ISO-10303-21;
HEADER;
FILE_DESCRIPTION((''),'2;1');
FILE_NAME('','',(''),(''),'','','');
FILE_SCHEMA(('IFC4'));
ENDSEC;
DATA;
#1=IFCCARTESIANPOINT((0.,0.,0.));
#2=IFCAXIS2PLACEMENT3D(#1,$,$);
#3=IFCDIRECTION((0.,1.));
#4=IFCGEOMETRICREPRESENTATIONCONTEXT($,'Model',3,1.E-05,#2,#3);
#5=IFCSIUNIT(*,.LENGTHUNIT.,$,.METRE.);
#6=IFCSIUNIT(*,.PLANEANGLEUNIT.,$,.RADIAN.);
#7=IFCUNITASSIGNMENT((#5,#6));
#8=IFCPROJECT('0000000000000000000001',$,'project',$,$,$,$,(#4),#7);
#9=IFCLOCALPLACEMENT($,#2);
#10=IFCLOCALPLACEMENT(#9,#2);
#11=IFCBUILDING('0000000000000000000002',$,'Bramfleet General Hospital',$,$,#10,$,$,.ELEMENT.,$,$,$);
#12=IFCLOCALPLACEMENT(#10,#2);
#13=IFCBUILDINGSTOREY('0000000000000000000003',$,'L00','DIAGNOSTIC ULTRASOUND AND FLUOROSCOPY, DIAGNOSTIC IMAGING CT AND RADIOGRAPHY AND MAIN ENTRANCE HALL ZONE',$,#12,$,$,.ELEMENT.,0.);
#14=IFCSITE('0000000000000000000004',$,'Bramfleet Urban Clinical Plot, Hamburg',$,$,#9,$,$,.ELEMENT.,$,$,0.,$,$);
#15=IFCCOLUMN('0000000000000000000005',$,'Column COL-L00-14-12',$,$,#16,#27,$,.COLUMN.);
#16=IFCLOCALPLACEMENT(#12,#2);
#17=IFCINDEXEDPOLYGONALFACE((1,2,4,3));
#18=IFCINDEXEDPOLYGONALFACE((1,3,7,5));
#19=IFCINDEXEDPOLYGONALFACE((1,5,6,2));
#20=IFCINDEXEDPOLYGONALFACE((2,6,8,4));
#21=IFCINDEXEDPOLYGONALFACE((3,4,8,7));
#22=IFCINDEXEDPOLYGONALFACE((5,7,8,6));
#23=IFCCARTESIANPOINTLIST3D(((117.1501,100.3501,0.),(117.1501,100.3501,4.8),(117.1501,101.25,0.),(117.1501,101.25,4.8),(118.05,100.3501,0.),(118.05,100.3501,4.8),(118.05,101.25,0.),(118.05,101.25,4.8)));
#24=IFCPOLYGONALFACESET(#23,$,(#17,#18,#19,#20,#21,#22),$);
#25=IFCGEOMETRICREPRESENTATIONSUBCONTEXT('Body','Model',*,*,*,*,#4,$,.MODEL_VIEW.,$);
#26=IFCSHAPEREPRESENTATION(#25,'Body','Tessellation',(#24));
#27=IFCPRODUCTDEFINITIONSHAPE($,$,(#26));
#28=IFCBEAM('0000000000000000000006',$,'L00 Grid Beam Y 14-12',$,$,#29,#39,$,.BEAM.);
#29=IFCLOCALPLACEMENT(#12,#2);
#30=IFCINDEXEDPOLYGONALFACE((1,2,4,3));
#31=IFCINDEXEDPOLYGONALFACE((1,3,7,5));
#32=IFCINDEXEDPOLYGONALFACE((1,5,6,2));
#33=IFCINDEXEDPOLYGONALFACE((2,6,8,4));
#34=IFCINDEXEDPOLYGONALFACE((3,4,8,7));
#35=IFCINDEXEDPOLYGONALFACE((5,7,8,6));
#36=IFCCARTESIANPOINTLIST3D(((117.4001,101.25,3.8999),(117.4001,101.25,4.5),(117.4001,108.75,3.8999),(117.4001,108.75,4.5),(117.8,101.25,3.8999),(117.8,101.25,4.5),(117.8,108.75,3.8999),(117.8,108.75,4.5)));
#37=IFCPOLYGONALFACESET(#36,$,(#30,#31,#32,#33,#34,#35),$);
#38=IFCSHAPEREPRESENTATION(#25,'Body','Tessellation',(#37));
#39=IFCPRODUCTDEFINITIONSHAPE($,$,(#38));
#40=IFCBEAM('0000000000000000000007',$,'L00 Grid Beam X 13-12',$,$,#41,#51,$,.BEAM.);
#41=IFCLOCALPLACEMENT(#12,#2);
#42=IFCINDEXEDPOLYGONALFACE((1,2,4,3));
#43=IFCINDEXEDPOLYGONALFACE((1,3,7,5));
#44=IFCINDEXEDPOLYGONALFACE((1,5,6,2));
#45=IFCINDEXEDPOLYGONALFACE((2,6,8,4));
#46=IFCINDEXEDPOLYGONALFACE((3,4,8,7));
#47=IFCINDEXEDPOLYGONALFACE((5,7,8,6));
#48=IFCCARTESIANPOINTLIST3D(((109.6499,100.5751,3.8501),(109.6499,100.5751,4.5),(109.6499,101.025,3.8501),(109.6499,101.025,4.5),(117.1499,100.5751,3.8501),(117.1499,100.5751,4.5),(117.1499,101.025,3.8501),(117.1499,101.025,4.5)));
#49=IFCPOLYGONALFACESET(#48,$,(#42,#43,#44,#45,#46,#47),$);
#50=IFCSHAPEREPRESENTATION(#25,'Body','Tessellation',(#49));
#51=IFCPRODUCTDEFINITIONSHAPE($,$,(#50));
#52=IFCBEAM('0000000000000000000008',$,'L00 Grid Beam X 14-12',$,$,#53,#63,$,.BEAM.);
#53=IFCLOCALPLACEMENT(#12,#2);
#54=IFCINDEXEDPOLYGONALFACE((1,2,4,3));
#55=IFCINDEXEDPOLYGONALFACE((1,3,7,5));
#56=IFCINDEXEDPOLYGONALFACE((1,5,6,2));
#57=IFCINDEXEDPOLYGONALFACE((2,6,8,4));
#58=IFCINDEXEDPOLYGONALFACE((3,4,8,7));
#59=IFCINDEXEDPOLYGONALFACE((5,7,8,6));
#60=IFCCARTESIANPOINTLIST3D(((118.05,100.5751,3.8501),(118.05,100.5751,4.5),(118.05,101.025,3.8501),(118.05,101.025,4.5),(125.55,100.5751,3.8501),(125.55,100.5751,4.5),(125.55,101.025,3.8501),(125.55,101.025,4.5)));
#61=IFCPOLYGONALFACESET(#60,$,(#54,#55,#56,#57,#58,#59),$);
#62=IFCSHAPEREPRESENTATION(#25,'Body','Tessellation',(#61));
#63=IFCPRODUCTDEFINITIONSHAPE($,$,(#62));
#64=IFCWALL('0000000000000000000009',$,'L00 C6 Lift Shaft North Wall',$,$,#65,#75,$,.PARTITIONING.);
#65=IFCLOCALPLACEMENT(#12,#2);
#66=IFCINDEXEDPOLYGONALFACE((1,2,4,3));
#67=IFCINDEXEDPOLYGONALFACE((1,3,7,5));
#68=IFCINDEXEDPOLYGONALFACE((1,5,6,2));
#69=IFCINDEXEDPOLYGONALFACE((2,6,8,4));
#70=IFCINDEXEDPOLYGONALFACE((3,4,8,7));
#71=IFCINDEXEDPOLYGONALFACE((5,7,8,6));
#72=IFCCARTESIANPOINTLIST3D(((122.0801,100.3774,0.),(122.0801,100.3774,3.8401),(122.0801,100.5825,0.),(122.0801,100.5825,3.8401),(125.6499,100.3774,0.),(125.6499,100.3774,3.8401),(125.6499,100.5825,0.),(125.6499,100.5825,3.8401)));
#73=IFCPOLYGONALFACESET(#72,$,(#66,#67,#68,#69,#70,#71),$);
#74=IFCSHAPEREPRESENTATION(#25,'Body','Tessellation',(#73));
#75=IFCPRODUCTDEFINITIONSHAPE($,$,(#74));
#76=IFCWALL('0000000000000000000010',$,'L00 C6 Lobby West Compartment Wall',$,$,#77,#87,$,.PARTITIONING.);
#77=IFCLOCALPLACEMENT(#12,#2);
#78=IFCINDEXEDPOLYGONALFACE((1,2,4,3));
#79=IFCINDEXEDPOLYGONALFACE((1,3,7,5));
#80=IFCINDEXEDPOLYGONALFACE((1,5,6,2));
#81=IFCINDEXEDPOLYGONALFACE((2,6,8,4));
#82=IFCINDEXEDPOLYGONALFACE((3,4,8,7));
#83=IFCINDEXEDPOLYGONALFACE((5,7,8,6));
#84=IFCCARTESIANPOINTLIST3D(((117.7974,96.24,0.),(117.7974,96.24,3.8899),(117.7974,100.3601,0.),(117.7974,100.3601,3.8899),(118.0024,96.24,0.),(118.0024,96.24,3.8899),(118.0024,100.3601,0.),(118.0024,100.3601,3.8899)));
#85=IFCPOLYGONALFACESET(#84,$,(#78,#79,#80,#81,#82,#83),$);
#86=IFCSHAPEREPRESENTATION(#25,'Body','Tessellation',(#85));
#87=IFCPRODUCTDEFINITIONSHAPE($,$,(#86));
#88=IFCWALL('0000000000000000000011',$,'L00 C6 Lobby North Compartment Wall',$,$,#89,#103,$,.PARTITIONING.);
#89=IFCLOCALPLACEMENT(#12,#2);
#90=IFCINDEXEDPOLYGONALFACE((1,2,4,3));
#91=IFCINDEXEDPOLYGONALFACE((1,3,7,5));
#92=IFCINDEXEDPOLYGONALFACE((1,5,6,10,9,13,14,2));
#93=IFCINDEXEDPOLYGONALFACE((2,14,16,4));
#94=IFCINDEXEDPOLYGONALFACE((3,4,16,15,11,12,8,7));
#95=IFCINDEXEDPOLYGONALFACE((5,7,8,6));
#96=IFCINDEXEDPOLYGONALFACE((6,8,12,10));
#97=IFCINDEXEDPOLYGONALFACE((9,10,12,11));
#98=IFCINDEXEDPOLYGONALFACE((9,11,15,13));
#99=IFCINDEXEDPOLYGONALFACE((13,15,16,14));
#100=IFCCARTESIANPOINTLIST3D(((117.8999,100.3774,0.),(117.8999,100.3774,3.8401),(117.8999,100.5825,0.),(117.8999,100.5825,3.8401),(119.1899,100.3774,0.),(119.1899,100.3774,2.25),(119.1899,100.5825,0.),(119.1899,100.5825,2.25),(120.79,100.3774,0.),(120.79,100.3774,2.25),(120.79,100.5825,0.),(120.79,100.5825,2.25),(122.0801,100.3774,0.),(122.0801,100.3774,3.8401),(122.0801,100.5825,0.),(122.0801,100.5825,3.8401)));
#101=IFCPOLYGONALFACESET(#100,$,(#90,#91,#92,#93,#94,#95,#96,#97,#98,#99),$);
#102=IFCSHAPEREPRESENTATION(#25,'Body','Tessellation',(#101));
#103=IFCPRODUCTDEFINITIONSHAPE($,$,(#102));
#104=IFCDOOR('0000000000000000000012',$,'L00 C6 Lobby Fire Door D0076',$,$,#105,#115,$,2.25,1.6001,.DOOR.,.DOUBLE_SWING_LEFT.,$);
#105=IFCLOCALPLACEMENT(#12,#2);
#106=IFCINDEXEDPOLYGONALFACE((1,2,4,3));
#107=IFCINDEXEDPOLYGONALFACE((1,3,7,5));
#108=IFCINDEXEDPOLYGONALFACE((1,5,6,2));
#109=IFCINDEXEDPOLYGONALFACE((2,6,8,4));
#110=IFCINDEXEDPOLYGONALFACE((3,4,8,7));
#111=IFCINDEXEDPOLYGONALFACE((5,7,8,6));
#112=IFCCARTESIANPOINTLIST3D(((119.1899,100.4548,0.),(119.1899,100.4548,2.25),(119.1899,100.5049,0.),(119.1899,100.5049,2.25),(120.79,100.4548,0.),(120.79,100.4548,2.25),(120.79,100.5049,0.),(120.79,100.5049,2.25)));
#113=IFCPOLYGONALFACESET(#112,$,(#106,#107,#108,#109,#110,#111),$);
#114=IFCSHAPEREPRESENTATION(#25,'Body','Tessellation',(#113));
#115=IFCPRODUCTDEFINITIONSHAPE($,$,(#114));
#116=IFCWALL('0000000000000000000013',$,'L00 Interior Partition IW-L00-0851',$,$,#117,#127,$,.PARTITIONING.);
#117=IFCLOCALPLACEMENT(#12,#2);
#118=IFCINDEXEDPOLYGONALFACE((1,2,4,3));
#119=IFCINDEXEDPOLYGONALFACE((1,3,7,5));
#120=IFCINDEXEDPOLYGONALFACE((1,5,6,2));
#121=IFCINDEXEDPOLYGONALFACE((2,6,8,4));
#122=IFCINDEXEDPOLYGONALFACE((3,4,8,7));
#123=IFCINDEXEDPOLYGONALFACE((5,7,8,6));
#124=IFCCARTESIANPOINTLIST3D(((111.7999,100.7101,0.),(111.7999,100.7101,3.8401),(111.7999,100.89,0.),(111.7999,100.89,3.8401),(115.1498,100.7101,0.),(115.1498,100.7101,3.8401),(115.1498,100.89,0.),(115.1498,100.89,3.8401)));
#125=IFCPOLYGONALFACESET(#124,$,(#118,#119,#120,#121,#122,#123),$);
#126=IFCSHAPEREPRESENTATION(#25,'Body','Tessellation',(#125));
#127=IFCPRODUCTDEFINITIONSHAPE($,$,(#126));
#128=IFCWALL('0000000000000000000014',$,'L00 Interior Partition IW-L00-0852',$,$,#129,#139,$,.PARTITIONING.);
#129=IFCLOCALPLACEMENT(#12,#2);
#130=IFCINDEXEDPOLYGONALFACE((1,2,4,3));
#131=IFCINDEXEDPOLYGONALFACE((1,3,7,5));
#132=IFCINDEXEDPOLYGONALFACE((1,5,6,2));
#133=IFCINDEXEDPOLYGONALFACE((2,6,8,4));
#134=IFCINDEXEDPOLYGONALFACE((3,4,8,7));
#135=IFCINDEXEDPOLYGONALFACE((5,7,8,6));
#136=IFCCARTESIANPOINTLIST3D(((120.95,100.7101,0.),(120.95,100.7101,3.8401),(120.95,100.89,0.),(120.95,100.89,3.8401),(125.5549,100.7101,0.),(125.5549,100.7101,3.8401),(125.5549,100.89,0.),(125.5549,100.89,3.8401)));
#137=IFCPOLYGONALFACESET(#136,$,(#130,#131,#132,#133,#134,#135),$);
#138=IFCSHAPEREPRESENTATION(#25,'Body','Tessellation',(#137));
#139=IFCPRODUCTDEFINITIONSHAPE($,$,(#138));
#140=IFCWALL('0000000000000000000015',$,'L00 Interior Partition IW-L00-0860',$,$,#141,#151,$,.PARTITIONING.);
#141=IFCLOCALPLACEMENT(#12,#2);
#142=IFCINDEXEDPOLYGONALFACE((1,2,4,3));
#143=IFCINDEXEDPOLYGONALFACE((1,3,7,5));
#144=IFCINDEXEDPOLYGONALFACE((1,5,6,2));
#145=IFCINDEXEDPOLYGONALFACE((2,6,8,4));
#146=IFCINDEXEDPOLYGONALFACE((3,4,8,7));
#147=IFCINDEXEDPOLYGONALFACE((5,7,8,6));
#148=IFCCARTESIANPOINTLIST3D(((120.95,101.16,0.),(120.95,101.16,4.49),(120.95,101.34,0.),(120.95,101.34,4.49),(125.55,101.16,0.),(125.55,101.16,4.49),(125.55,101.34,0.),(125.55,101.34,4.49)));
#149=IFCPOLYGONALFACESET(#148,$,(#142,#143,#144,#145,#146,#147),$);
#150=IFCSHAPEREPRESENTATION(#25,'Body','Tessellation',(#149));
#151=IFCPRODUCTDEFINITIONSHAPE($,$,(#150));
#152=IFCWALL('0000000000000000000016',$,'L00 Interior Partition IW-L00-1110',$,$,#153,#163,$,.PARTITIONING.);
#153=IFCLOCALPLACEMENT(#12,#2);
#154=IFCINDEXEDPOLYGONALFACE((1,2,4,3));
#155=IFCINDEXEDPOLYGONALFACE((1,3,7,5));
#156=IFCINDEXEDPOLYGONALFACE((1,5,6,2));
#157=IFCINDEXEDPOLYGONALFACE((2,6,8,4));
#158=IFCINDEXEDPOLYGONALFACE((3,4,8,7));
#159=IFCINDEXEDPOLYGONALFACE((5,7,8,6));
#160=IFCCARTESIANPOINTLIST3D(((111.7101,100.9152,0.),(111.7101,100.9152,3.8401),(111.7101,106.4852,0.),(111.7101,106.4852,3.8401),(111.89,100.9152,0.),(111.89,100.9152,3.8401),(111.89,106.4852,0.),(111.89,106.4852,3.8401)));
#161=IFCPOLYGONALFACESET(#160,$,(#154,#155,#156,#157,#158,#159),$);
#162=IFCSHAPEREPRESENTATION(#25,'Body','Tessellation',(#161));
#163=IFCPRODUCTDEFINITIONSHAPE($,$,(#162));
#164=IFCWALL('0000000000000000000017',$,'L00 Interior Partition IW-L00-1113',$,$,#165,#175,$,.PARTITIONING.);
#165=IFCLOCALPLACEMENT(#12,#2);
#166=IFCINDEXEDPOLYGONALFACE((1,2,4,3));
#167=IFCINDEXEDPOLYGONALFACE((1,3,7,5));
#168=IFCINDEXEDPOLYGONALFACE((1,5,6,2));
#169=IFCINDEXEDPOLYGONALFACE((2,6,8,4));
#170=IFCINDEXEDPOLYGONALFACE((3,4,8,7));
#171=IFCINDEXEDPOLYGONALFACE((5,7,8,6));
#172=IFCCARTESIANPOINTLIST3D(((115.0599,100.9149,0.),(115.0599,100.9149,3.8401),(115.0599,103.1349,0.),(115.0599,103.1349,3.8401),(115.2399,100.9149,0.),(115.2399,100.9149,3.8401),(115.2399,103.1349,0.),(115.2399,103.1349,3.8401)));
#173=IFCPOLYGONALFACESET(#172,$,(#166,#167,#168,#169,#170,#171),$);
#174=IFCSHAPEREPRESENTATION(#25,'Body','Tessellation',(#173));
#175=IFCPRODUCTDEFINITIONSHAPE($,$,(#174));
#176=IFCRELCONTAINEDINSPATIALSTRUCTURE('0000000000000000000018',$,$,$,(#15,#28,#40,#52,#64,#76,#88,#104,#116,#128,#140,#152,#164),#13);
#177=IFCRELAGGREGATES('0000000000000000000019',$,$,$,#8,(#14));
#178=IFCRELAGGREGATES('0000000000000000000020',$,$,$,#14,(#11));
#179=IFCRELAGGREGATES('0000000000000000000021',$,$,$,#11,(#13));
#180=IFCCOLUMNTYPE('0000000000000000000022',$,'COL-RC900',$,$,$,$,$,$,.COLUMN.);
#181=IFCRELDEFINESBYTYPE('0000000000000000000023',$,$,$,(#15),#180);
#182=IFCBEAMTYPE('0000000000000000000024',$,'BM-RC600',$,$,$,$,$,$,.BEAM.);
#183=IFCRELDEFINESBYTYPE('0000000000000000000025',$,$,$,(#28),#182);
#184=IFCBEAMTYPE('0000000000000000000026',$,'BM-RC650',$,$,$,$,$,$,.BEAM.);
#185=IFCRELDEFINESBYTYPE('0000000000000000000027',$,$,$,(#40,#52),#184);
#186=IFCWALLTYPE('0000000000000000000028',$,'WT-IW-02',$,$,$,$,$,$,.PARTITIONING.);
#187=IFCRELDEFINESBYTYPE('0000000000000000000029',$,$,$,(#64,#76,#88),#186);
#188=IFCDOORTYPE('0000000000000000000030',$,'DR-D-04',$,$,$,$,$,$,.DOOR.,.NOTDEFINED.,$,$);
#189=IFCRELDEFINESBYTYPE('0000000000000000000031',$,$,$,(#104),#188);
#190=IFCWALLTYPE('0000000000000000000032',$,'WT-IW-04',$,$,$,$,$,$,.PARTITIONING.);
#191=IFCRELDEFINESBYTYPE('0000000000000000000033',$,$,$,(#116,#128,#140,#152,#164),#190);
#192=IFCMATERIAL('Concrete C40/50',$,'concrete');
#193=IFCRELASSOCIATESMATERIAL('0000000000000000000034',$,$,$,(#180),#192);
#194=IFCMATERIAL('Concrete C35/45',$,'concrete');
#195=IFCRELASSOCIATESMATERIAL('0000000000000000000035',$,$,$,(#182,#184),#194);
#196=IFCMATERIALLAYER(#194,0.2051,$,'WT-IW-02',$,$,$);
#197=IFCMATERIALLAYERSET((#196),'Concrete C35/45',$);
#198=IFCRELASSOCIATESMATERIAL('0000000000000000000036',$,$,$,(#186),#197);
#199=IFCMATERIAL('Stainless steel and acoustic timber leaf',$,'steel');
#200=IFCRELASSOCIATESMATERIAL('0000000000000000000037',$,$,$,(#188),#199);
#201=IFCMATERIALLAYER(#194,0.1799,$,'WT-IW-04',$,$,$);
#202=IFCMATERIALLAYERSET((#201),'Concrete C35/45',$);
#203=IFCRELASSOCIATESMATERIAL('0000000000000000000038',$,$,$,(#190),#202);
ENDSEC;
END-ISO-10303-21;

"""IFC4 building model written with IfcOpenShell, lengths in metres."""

from ifc_helpers import new_model, si_unit, direction, frame, frame_2d, origin, origin_2d, place, context, subcontext, project, spatial, rectangle, extrude, material, layer, layer_set, material_profile, profile_set, type_object, element, fill, save


model = new_model("IFC4")

# Units and contexts
model_context = context("Model", 3, precision=1e-05, world=origin(), true_north=direction((0.0, 1.0)))
body_context = subcontext(model_context, "Body", "Model", "MODEL_VIEW")
ifc_project = project(units=[si_unit("LENGTHUNIT", "METRE"), si_unit("PLANEANGLEUNIT", "RADIAN")], contexts=[model_context])

# Site, building, storey
site_placement = place(None, origin())
site = spatial("IfcSite", under=ifc_project, at=site_placement, Name="Bramfleet Urban Clinical Plot, Hamburg", CompositionType="ELEMENT", RefElevation=0.0)
building_placement = place(site_placement, origin())
building = spatial("IfcBuilding", under=site, at=building_placement, Name="Bramfleet General Hospital", CompositionType="ELEMENT")
storey_placement = place(building_placement, origin())
storey = spatial("IfcBuildingStorey", under=building, at=storey_placement, Name="L00", Description="DIAGNOSTIC ULTRASOUND AND FLUOROSCOPY, DIAGNOSTIC IMAGING CT AND RADIOGRAPHY AND MAIN ENTRANCE HALL ZONE", CompositionType="ELEMENT", Elevation=0.0)

# Column
ifc_material_1 = material(Name="Concrete C40/50", Category="concrete")
ifc_material_profile_1 = material_profile(ifc_material_1, rectangle(XDim=0.8999, YDim=0.8999, at=origin_2d()), Name="RC COL 900x900")
ifc_profile_set_1 = profile_set([ifc_material_profile_1], Name="Concrete C40/50")
column_type = type_object("IfcColumnType", Name="COL-RC900", PredefinedType="COLUMN", material=ifc_profile_set_1)
column_placement = place(storey_placement, frame((117.6001, 100.8, 0.0), z_axis=(0.0, 0.0, 1.0), x_axis=(1.0, 0.0, 0.0)))
element("IfcColumn", 1, at=column_placement, inside=storey, type_object=column_type, Name="Column COL-L00-14-12", PredefinedType="COLUMN", context=body_context, shape_type="SweptSolid", body=[
    extrude(rectangle(XDim=0.8999, YDim=0.8999, at=origin_2d()), origin(), (0.0, 0.0, 1.0), 4.8),
])

# Beams
ifc_material_2 = material(Name="Concrete C35/45", Category="concrete")
ifc_material_profile_2 = material_profile(ifc_material_2, rectangle(XDim=0.3999, YDim=0.6001, at=origin_2d()), Name="RC BM 600x400")
ifc_profile_set_2 = profile_set([ifc_material_profile_2], Name="Concrete C35/45")
beam_type_1 = type_object("IfcBeamType", Name="BM-RC600", PredefinedType="BEAM", material=ifc_profile_set_2)
beam_placement = place(storey_placement, frame((117.6001, 101.25, 4.2), z_axis=(0.0, 1.0, 0.0), x_axis=(-1.0, 0.0, 0.0)))
element("IfcBeam", 2, at=beam_placement, inside=storey, type_object=beam_type_1, Name="L00 Grid Beam Y 14-12", PredefinedType="BEAM", context=body_context, shape_type="SweptSolid", body=[
    extrude(rectangle(XDim=0.3999, YDim=0.6001, at=origin_2d()), origin(), (0.0, 0.0, 1.0), 7.5),
])
ifc_material_profile_3 = material_profile(ifc_material_2, rectangle(XDim=0.45, YDim=0.6499, at=origin_2d()), Name="RC BM 650x450")
ifc_profile_set_3 = profile_set([ifc_material_profile_3], Name="Concrete C35/45")
beam_type_2 = type_object("IfcBeamType", Name="BM-RC650", PredefinedType="BEAM", material=ifc_profile_set_3)
for number, where, z_axis, x_axis, name in (
    (3, (109.6499, 100.8, 4.175), (1.0, 0.0, 0.0), (0.0, 1.0, 0.0), "L00 Grid Beam X 13-12"),
    (4, (118.05, 100.8, 4.175), (1.0, 0.0, 0.0), (0.0, 1.0, 0.0), "L00 Grid Beam X 14-12"),
):
    element("IfcBeam", number, at=place(storey_placement, frame(where, z_axis=z_axis, x_axis=x_axis)), inside=storey, type_object=beam_type_2, Name=name, PredefinedType="BEAM", context=body_context, shape_type="SweptSolid", body=[
        extrude(rectangle(XDim=0.45, YDim=0.6499, at=origin_2d()), origin(), (0.0, 0.0, 1.0), 7.5),
    ])

# Shared definitions
ifc_layer_1 = layer(ifc_material_2, 0.2051, Name="WT-IW-02")
ifc_layer_set_1 = layer_set([ifc_layer_1], Name="Concrete C35/45")
wall_type_1 = type_object("IfcWallType", Name="WT-IW-02", PredefinedType="PARTITIONING", material=ifc_layer_set_1)

# Walls
wall_1_placement = place(storey_placement, frame((122.0801, 100.48, 0.0), z_axis=(0.0, 0.0, 1.0), x_axis=(1.0, 0.0, 0.0)))
element("IfcWall", 5, at=wall_1_placement, inside=storey, type_object=wall_type_1, Name="L00 C6 Lift Shaft North Wall", PredefinedType="PARTITIONING", context=body_context, shape_type="SweptSolid", body=[
    extrude(rectangle(XDim=3.5698, YDim=0.2051, at=frame_2d((1.7849, 0.0))), origin(), (0.0, 0.0, 1.0), 3.8401),
])
wall_2_placement = place(storey_placement, frame((117.8999, 96.24, 0.0), z_axis=(0.0, 0.0, 1.0), x_axis=(0.0, 1.0, 0.0)))
element("IfcWall", 6, at=wall_2_placement, inside=storey, type_object=wall_type_1, Name="L00 C6 Lobby West Compartment Wall", PredefinedType="PARTITIONING", context=body_context, shape_type="SweptSolid", body=[
    extrude(rectangle(XDim=4.1201, YDim=0.2051, at=frame_2d((2.0601, 0.0))), origin(), (0.0, 0.0, 1.0), 3.8899),
])

# Wall, opening, door
wall_3_placement = place(storey_placement, frame((117.8999, 100.48, 0.0), z_axis=(0.0, 0.0, 1.0), x_axis=(1.0, 0.0, 0.0)))
wall_3 = element("IfcWall", 7, at=wall_3_placement, inside=storey, type_object=wall_type_1, Name="L00 C6 Lobby North Compartment Wall", PredefinedType="PARTITIONING", context=body_context, shape_type="SweptSolid", body=[
    extrude(rectangle(XDim=4.1802, YDim=0.2051, at=frame_2d((2.0901, 0.0))), origin(), (0.0, 0.0, 1.0), 3.8401),
])
opening_1_placement = place(wall_3_placement, frame((1.29, 0.0, 0.0)))
opening_1 = element("IfcOpeningElement", 8, at=opening_1_placement, cuts=wall_3, PredefinedType="OPENING", context=body_context, shape_type="SweptSolid", body=[
    extrude(rectangle(XDim=1.6001, YDim=2.25, at=frame_2d((0.8, 1.125))), frame((0.0, 0.1125, 0.0), z_axis=(0.0, -1.0, 0.0), x_axis=(1.0, 0.0, 0.0)), (0.0, 0.0, 1.0), 0.2251),
])
ifc_material_3 = material(Name="Stainless steel and acoustic timber leaf", Category="steel")
door_type_1 = type_object("IfcDoorType", Name="DR-D-04", OperationType="NOTDEFINED", PredefinedType="DOOR", material=ifc_material_3)
door_1_placement = place(opening_1_placement, origin())
door_1 = element("IfcDoor", 9, at=door_1_placement, inside=storey, type_object=door_type_1, Name="L00 C6 Lobby Fire Door D0076", OperationType="DOUBLE_SWING_LEFT", OverallHeight=2.25, OverallWidth=1.6001, PredefinedType="DOOR", context=body_context, shape_type="SweptSolid", body=[
    extrude(rectangle(XDim=1.6001, YDim=2.25, at=frame_2d((0.8, 1.125))), frame((0.0, 0.0249, 0.0), z_axis=(0.0, -1.0, 0.0), x_axis=(1.0, 0.0, 0.0)), (0.0, 0.0, 1.0), 0.05),
])
fill(opening_1, door_1)

# Walls
ifc_layer_2 = layer(ifc_material_2, 0.1799, Name="WT-IW-04")
ifc_layer_set_2 = layer_set([ifc_layer_2], Name="Concrete C35/45")
wall_type_2 = type_object("IfcWallType", Name="WT-IW-04", PredefinedType="PARTITIONING", material=ifc_layer_set_2)
wall_4_placement = place(storey_placement, frame((111.8, 100.8, 0.0), z_axis=(0.0, 0.0, 1.0), x_axis=(1.0, 0.0, 0.0)))
element("IfcWall", 10, at=wall_4_placement, inside=storey, type_object=wall_type_2, Name="L00 Interior Partition IW-L00-0851", PredefinedType="PARTITIONING", context=body_context, shape_type="SweptSolid", body=[
    extrude(rectangle(XDim=3.3499, YDim=0.1799, at=frame_2d((1.6748, 0.0))), origin(), (0.0, 0.0, 1.0), 3.8401),
])
wall_5_placement = place(storey_placement, frame((120.95, 100.8, 0.0), z_axis=(0.0, 0.0, 1.0), x_axis=(1.0, 0.0, 0.0)))
element("IfcWall", 11, at=wall_5_placement, inside=storey, type_object=wall_type_2, Name="L00 Interior Partition IW-L00-0852", PredefinedType="PARTITIONING", context=body_context, shape_type="SweptSolid", body=[
    extrude(rectangle(XDim=4.605, YDim=0.1799, at=frame_2d((2.3025, 0.0))), origin(), (0.0, 0.0, 1.0), 3.8401),
])
wall_6_placement = place(storey_placement, frame((120.95, 101.25, 0.0), z_axis=(0.0, 0.0, 1.0), x_axis=(1.0, 0.0, 0.0)))
element("IfcWall", 12, at=wall_6_placement, inside=storey, type_object=wall_type_2, Name="L00 Interior Partition IW-L00-0860", PredefinedType="PARTITIONING", context=body_context, shape_type="SweptSolid", body=[
    extrude(rectangle(XDim=4.6001, YDim=0.1799, at=frame_2d((2.3, 0.0))), origin(), (0.0, 0.0, 1.0), 4.49),
])
wall_7_placement = place(storey_placement, frame((111.8, 100.915, 0.0), z_axis=(0.0, 0.0, 1.0), x_axis=(0.0, 1.0, 0.0)))
element("IfcWall", 13, at=wall_7_placement, inside=storey, type_object=wall_type_2, Name="L00 Interior Partition IW-L00-1110", PredefinedType="PARTITIONING", context=body_context, shape_type="SweptSolid", body=[
    extrude(rectangle(XDim=5.5701, YDim=0.1799, at=frame_2d((2.7852, 0.0))), origin(), (0.0, 0.0, 1.0), 3.8401),
])
wall_8_placement = place(storey_placement, frame((115.1499, 100.915, 0.0), z_axis=(0.0, 0.0, 1.0), x_axis=(0.0, 1.0, 0.0)))
element("IfcWall", 14, at=wall_8_placement, inside=storey, type_object=wall_type_2, Name="L00 Interior Partition IW-L00-1113", PredefinedType="PARTITIONING", context=body_context, shape_type="SweptSolid", body=[
    extrude(rectangle(XDim=2.22, YDim=0.1799, at=frame_2d((1.1099, 0.0))), origin(), (0.0, 0.0, 1.0), 3.8401),
])

save(model, "model.ifc")
